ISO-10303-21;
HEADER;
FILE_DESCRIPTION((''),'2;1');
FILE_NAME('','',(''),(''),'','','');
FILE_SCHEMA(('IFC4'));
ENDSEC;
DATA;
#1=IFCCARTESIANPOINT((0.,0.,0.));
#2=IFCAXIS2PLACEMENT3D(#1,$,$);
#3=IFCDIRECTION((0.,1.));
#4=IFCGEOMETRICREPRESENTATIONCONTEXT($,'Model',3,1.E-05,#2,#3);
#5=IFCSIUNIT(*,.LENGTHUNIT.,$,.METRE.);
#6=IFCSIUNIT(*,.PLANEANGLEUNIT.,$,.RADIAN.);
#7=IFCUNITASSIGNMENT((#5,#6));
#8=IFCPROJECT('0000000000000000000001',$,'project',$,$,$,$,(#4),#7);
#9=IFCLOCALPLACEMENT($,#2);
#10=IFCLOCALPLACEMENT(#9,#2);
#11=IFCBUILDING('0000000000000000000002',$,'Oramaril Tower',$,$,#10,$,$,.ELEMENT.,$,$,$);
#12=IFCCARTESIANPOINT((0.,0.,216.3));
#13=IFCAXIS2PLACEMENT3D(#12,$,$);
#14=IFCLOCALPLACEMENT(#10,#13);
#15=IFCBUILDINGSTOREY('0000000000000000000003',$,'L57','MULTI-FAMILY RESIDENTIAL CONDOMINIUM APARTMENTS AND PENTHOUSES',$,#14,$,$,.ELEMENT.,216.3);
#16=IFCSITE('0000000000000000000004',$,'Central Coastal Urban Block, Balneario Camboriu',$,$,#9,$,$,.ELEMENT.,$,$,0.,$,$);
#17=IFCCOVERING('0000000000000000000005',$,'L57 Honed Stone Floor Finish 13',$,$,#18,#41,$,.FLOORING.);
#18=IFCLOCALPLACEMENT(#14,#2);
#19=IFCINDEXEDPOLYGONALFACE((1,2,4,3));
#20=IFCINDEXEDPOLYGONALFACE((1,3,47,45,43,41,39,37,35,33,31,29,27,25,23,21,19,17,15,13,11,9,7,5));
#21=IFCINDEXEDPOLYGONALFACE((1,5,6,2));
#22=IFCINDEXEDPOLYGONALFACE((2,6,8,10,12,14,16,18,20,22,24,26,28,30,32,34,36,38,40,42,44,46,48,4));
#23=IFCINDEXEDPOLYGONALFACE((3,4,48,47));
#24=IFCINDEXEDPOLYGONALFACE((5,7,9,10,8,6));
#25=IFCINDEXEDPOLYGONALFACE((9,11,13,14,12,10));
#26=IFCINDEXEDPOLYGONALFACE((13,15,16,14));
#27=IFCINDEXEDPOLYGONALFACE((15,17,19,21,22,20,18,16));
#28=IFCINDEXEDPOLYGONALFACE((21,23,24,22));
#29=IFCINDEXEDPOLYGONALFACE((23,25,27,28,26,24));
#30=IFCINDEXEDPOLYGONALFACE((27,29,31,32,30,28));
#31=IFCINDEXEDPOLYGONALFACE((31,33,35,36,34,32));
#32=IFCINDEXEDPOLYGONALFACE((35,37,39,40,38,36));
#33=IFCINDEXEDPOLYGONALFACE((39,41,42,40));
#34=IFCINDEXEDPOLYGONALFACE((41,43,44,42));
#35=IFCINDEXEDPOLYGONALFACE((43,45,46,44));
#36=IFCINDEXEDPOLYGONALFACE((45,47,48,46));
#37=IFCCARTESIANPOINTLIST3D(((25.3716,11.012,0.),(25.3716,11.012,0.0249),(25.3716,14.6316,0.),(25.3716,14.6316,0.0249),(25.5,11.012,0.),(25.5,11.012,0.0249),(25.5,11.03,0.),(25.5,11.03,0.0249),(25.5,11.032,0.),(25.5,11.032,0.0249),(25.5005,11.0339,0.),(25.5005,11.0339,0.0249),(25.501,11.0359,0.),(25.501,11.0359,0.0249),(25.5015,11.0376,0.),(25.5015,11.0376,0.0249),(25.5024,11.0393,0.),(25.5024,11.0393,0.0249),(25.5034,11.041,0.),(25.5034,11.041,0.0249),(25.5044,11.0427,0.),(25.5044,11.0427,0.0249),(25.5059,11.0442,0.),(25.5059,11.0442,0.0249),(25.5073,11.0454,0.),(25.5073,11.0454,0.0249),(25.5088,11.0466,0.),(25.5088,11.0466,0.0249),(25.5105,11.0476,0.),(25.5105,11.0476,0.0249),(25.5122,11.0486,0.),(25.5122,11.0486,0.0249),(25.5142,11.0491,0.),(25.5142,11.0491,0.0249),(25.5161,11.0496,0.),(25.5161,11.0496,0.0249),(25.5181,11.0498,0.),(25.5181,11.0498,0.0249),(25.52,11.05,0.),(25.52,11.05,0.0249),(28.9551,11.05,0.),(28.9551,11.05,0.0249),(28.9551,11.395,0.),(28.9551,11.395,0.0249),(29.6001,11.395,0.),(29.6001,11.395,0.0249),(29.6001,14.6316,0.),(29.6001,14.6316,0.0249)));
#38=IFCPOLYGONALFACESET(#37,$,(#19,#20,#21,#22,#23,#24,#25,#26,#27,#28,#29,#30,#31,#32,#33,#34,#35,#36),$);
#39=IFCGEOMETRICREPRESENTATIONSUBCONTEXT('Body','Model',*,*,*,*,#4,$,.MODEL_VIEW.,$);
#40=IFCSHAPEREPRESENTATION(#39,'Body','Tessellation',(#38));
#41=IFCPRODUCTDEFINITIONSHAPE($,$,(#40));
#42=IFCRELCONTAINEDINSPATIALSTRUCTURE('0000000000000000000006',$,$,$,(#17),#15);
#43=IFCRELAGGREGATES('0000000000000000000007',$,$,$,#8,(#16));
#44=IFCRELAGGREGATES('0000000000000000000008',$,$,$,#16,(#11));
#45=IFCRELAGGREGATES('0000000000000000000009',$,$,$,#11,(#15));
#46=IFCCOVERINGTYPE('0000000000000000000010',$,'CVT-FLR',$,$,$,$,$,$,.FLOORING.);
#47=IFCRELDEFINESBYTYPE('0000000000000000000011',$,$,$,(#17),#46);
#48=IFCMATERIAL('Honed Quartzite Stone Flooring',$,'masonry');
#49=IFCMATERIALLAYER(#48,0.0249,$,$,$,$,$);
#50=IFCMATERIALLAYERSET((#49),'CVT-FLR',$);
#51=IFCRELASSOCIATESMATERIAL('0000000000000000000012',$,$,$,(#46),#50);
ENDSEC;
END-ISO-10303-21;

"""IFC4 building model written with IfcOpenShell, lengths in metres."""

from ifc_helpers import new_model, si_unit, direction, frame, origin, place, context, subcontext, project, spatial, polyline, outline, extrude, material, layer, layer_set, type_object, element, save


model = new_model("IFC4")

# Units and contexts
model_context = context("Model", 3, precision=1e-05, world=origin(), true_north=direction((0.0, 1.0)))
body_context = subcontext(model_context, "Body", "Model", "MODEL_VIEW")
ifc_project = project(units=[si_unit("LENGTHUNIT", "METRE"), si_unit("PLANEANGLEUNIT", "RADIAN")], contexts=[model_context])

# Site, building, storey
site_placement = place(None, origin())
site = spatial("IfcSite", under=ifc_project, at=site_placement, Name="Central Coastal Urban Block, Balneario Camboriu", CompositionType="ELEMENT", RefElevation=0.0)
building_placement = place(site_placement, origin())
building = spatial("IfcBuilding", under=site, at=building_placement, Name="Oramaril Tower", CompositionType="ELEMENT")
storey_placement = place(building_placement, frame((0.0, 0.0, 216.3)))
storey = spatial("IfcBuildingStorey", under=building, at=storey_placement, Name="L57", Description="MULTI-FAMILY RESIDENTIAL CONDOMINIUM APARTMENTS AND PENTHOUSES", CompositionType="ELEMENT", Elevation=216.3)

# Covering
ifc_material_1 = material(Name="Honed Quartzite Stone Flooring", Category="masonry")
ifc_layer_1 = layer(ifc_material_1, 0.0249)
ifc_layer_set_1 = layer_set([ifc_layer_1], Name="CVT-FLR")
covering_type_1 = type_object("IfcCoveringType", Name="CVT-FLR", PredefinedType="FLOORING", material=ifc_layer_set_1)
covering_1_placement = place(storey_placement, origin())
element("IfcCovering", 1, at=covering_1_placement, inside=storey, type_object=covering_type_1, Name="L57 Honed Stone Floor Finish 13", PredefinedType="FLOORING", context=body_context, shape_type="SweptSolid", body=[
    extrude(outline(polyline([(29.6001, 11.395), (28.9551, 11.395), (28.9551, 11.05), (25.52, 11.05), (25.5181, 11.0498), (25.5161, 11.0496), (25.5142, 11.0491), (25.5122, 11.0486), (25.5105, 11.0476), (25.5088, 11.0466), (25.5073, 11.0454), (25.5059, 11.0442), (25.5044, 11.0427), (25.5034, 11.041), (25.5024, 11.0393), (25.5015, 11.0376), (25.501, 11.0359), (25.5005, 11.0339), (25.5, 11.032), (25.5, 11.03), (25.5, 11.012), (25.3716, 11.012), (25.3716, 14.6316), (29.6001, 14.6316), (29.6001, 11.395)])), origin(), (0.0, 0.0, 1.0), 0.0249),
])

save(model, "model.ifc")
